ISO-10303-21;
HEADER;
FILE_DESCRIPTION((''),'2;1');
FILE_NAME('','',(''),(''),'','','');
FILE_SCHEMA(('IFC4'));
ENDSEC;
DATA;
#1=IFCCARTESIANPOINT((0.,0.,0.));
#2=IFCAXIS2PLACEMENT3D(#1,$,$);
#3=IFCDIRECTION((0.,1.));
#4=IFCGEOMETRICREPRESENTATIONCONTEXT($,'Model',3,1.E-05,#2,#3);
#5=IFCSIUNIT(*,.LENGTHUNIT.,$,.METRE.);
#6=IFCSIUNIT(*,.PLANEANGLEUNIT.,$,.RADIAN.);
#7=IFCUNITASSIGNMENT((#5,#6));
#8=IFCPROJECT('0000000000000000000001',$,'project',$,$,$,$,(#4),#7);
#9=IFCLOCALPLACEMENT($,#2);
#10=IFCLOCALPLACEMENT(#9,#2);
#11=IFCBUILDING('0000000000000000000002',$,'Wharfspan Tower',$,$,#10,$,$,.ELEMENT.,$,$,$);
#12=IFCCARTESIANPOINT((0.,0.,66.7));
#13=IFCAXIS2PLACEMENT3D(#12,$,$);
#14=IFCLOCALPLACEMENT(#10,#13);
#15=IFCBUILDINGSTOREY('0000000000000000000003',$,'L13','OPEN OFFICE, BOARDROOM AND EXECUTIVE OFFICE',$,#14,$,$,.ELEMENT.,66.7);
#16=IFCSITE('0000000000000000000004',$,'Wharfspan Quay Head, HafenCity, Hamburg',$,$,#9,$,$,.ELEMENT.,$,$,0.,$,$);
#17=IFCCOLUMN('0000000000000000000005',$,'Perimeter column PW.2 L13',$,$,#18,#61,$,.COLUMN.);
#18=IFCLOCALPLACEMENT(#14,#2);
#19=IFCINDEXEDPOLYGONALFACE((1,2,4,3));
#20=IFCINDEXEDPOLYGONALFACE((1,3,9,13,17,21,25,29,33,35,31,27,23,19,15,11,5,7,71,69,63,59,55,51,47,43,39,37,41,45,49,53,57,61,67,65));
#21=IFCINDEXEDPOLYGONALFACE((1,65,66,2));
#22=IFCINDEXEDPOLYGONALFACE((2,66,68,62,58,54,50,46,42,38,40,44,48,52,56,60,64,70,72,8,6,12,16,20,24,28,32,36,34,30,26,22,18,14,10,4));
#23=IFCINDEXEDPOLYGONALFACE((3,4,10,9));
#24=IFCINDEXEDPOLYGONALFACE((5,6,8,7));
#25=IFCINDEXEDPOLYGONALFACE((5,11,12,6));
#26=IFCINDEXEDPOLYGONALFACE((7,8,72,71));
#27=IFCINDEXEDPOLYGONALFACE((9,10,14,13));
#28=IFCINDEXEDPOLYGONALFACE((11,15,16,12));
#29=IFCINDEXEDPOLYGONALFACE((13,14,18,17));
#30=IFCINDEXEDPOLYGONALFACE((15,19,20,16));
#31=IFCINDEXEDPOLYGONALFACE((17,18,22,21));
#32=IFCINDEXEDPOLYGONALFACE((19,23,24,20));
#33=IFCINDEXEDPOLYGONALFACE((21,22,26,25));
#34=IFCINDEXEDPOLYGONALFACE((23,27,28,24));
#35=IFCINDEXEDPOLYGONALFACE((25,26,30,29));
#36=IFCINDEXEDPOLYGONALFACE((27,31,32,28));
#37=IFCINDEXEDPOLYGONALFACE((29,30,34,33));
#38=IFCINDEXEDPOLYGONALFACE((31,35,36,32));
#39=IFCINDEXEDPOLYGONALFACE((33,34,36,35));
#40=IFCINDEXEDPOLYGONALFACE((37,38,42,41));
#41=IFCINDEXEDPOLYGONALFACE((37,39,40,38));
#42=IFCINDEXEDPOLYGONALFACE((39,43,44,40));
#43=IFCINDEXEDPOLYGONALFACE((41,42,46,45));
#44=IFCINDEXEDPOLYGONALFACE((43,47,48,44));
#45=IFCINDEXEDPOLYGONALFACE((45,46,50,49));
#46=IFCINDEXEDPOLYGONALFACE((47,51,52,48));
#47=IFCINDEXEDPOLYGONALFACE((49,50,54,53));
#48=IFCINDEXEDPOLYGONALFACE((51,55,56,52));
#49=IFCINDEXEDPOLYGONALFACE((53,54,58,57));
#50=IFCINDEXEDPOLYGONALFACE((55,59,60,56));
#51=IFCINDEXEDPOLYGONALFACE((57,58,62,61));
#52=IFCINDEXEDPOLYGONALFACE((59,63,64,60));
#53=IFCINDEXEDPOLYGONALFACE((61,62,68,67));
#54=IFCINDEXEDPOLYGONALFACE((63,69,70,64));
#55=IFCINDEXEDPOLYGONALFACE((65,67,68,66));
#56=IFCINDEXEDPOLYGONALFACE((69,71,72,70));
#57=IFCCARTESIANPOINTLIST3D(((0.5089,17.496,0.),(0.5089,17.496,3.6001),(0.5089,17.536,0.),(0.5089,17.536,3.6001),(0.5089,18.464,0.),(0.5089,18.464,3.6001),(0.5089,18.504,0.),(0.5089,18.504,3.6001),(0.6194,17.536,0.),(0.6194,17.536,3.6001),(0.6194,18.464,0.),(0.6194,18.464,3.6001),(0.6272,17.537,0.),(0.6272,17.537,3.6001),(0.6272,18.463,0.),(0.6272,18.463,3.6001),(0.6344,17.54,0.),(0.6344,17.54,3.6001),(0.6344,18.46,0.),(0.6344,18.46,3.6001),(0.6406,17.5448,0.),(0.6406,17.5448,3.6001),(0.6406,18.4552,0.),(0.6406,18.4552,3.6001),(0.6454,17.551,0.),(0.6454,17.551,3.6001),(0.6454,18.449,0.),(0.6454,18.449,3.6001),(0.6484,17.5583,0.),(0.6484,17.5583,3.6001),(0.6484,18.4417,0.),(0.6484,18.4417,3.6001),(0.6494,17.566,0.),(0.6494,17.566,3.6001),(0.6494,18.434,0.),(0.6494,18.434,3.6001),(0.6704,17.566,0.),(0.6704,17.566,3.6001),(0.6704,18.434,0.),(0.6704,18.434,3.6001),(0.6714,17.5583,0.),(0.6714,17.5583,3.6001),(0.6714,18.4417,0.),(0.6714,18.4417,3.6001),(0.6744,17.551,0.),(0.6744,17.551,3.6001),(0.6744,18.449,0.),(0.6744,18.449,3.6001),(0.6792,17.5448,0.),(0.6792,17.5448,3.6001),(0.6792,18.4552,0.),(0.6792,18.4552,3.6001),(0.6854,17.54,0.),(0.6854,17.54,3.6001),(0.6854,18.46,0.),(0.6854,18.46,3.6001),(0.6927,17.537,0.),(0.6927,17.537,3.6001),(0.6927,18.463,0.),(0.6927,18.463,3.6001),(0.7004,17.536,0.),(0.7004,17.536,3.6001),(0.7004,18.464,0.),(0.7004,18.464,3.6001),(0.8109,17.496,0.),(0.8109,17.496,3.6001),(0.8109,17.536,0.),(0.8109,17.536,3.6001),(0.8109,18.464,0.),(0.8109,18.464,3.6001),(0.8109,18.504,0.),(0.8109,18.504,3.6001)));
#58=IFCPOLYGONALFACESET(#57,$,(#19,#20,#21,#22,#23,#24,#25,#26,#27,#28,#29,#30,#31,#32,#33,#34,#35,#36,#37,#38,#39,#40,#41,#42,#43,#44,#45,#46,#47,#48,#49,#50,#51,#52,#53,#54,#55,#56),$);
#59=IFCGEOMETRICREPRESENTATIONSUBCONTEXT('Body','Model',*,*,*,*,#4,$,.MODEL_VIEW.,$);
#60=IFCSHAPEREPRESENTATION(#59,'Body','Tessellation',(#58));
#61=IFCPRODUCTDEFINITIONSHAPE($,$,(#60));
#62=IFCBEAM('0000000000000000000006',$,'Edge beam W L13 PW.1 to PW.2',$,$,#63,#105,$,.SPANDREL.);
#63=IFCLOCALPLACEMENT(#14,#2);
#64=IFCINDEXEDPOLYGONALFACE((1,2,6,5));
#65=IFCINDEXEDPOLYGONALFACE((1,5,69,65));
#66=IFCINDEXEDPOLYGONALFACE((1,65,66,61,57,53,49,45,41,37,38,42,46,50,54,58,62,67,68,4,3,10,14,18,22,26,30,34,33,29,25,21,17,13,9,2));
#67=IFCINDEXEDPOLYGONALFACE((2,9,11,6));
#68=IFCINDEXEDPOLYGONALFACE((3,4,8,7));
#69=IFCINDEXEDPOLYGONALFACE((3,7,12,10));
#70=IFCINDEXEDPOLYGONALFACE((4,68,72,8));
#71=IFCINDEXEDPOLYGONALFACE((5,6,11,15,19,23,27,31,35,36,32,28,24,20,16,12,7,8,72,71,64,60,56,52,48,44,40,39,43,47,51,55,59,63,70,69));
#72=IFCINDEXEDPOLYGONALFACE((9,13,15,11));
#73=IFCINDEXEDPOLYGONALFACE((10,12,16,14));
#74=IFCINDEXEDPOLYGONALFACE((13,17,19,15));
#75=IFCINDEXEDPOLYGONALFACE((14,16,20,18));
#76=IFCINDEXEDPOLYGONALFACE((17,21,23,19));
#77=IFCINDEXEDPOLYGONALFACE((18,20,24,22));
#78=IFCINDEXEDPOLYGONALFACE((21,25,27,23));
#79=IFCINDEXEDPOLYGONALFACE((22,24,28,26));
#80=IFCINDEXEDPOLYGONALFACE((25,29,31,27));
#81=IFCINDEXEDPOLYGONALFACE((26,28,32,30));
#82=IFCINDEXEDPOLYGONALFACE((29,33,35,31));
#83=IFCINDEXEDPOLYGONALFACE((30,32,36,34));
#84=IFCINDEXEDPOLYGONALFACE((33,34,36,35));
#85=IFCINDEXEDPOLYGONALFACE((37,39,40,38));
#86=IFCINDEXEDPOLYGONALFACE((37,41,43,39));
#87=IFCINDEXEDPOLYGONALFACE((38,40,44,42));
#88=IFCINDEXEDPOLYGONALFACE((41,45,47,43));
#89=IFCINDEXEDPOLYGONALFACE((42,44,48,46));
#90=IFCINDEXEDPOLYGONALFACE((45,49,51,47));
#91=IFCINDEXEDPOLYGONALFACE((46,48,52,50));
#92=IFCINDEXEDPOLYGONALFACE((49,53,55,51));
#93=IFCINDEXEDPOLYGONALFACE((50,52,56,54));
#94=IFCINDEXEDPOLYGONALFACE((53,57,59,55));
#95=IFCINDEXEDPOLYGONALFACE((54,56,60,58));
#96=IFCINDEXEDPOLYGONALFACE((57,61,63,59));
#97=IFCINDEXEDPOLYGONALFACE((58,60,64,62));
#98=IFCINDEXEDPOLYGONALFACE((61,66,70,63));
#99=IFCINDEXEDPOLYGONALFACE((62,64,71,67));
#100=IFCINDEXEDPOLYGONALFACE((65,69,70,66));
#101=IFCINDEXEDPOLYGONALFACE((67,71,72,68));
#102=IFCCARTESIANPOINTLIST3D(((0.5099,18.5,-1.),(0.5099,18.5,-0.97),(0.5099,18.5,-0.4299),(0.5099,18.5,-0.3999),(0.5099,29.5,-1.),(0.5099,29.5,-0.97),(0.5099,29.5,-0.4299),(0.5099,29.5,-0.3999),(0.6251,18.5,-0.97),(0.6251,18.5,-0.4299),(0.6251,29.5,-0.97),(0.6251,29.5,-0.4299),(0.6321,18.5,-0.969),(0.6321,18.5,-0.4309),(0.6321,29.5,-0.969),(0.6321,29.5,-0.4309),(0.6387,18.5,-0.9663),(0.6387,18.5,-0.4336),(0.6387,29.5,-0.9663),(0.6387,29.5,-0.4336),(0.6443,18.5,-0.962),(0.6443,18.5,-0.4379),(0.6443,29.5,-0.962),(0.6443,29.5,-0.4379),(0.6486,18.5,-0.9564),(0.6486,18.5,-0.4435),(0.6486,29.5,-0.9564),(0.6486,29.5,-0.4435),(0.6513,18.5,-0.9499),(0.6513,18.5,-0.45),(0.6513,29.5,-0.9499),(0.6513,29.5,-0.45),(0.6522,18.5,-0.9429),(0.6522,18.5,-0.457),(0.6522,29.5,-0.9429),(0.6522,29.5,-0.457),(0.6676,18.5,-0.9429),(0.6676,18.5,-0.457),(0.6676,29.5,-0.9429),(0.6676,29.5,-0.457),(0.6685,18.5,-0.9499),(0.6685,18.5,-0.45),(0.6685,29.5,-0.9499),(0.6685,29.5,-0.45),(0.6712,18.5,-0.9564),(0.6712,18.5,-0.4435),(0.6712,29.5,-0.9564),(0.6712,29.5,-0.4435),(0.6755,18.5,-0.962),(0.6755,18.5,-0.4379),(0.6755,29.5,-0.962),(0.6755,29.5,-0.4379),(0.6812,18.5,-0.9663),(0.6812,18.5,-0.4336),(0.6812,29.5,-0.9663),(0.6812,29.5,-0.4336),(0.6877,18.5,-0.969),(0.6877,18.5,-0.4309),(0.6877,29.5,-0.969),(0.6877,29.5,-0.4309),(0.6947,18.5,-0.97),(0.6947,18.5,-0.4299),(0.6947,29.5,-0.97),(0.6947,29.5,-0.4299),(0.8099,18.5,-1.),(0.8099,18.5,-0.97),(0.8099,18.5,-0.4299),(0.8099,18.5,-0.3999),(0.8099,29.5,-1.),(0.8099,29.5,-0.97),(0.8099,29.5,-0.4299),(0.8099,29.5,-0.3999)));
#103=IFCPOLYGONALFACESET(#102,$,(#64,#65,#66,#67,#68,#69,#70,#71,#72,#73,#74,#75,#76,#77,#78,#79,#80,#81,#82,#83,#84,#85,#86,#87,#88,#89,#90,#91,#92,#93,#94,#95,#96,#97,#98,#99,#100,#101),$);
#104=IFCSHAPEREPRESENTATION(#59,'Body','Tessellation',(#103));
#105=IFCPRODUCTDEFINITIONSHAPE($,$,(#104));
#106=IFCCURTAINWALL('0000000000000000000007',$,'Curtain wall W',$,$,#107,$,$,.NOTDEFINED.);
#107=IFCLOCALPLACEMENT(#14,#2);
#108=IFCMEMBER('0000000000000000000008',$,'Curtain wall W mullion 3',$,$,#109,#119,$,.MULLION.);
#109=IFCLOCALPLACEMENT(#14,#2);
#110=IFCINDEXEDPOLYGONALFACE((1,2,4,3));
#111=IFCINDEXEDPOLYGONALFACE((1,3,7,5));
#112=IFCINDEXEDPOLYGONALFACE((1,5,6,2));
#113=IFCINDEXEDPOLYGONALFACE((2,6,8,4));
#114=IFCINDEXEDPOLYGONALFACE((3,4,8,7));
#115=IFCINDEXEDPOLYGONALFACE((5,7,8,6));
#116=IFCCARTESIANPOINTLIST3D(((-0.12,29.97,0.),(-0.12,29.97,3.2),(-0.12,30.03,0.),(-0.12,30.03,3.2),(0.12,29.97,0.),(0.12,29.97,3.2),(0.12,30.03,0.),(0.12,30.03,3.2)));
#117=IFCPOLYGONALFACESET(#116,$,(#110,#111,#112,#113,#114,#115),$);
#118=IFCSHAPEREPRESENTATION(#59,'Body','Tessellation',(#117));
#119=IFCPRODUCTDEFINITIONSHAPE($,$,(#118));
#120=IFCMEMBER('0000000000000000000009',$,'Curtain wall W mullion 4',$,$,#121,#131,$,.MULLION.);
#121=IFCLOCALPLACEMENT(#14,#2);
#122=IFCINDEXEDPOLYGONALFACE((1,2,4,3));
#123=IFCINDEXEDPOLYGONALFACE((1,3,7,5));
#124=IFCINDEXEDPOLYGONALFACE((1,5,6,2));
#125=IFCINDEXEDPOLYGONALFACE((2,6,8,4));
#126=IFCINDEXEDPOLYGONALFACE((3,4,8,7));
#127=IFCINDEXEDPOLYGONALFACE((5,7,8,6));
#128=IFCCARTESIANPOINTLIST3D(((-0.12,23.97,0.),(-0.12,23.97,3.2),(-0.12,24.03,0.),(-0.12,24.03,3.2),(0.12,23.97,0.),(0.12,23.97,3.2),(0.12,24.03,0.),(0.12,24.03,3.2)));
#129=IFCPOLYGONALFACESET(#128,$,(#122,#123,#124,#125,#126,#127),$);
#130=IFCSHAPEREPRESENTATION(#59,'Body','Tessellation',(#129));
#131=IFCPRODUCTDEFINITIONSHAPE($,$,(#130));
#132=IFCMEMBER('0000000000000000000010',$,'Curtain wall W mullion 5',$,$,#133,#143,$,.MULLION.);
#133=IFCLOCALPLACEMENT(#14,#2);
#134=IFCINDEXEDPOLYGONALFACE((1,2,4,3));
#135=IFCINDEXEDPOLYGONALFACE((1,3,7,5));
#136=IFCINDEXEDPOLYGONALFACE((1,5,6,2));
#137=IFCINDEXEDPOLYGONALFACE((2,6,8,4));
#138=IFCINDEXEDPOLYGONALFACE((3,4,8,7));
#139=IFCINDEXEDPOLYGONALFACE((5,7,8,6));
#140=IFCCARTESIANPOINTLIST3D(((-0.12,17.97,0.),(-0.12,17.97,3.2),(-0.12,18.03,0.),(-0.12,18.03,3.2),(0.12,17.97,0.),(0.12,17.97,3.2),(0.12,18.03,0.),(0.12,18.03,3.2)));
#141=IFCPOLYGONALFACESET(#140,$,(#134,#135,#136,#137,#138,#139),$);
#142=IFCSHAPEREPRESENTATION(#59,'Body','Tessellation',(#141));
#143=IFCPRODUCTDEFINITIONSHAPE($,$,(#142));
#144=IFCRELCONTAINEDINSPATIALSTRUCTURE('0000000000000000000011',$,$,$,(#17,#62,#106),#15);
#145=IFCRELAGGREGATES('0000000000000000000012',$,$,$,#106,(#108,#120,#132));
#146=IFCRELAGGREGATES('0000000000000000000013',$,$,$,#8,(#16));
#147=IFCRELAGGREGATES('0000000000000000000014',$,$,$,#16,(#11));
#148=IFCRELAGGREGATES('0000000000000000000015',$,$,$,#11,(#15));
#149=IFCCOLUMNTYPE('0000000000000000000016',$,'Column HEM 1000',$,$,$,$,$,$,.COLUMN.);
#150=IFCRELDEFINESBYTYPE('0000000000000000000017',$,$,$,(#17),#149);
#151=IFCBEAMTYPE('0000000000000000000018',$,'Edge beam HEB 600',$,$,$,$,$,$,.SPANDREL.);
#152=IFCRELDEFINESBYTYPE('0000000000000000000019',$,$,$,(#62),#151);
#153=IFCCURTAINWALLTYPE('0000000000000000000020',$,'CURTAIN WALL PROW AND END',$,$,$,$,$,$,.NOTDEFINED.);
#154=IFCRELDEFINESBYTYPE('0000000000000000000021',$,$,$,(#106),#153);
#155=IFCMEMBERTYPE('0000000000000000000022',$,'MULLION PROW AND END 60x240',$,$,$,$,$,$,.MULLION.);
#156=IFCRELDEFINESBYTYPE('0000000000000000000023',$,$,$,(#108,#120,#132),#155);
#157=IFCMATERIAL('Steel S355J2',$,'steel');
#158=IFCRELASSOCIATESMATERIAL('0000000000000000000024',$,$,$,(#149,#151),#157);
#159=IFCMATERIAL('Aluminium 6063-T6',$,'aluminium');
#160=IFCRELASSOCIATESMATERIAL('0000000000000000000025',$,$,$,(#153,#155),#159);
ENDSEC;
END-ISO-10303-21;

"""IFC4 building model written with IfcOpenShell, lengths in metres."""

from ifc_helpers import new_model, si_unit, direction, frame, origin, origin_2d, place, context, subcontext, project, spatial, rectangle, i_section, extrude, material, material_profile, profile_set, type_object, element, aggregate, save


model = new_model("IFC4")

# Units and contexts
model_context = context("Model", 3, precision=1e-05, world=origin(), true_north=direction((0.0, 1.0)))
body_context = subcontext(model_context, "Body", "Model", "MODEL_VIEW")
ifc_project = project(units=[si_unit("LENGTHUNIT", "METRE"), si_unit("PLANEANGLEUNIT", "RADIAN")], contexts=[model_context])

# Site, building, storey
site_placement = place(None, origin())
site = spatial("IfcSite", under=ifc_project, at=site_placement, Name="Wharfspan Quay Head, HafenCity, Hamburg", CompositionType="ELEMENT", RefElevation=0.0)
building_placement = place(site_placement, origin())
building = spatial("IfcBuilding", under=site, at=building_placement, Name="Wharfspan Tower", CompositionType="ELEMENT")
storey_placement = place(building_placement, frame((0.0, 0.0, 66.7)))
storey = spatial("IfcBuildingStorey", under=building, at=storey_placement, Name="L13", Description="OPEN OFFICE, BOARDROOM AND EXECUTIVE OFFICE", CompositionType="ELEMENT", Elevation=66.7)

# Column
ifc_material_1 = material(Name="Steel S355J2", Category="steel")
ifc_material_profile_1 = material_profile(ifc_material_1, i_section(OverallWidth=0.302, OverallDepth=1.0081, WebThickness=0.021, FlangeThickness=0.04, FilletRadius=0.03, at=origin_2d()))
ifc_profile_set_1 = profile_set([ifc_material_profile_1], Name="Steel S355J2")
column_type = type_object("IfcColumnType", Name="Column HEM 1000", PredefinedType="COLUMN", material=ifc_profile_set_1)
column_placement = place(storey_placement, frame((0.6599, 18.0, 0.0), z_axis=(0.0, 0.0, 1.0), x_axis=(-1.0, 0.0, 0.0)))
element("IfcColumn", 1, at=column_placement, inside=storey, type_object=column_type, Name="Perimeter column PW.2 L13", PredefinedType="COLUMN", context=body_context, shape_type="SweptSolid", body=[
    extrude(i_section(OverallWidth=0.302, OverallDepth=1.0081, WebThickness=0.021, FlangeThickness=0.04, FilletRadius=0.03, at=origin_2d()), origin(), (0.0, 0.0, 1.0), 3.6001),
])

# Beam
ifc_material_profile_2 = material_profile(ifc_material_1, i_section(OverallWidth=0.3, OverallDepth=0.6001, WebThickness=0.0154, FlangeThickness=0.03, FilletRadius=0.0271, at=origin_2d()))
ifc_profile_set_2 = profile_set([ifc_material_profile_2], Name="Steel S355J2")
beam_type = type_object("IfcBeamType", Name="Edge beam HEB 600", PredefinedType="SPANDREL", material=ifc_profile_set_2)
beam_placement = place(storey_placement, frame((0.6599, 29.5, -0.7), z_axis=(0.0, -1.0, 0.0), x_axis=(1.0, 0.0, 0.0)))
element("IfcBeam", 2, at=beam_placement, inside=storey, type_object=beam_type, Name="Edge beam W L13 PW.1 to PW.2", PredefinedType="SPANDREL", context=body_context, shape_type="SweptSolid", body=[
    extrude(i_section(OverallWidth=0.3, OverallDepth=0.6001, WebThickness=0.0154, FlangeThickness=0.03, FilletRadius=0.0271, at=origin_2d()), origin(), (0.0, 0.0, 1.0), 11.0),
])

# Curtain wall, members
ifc_material_2 = material(Name="Aluminium 6063-T6", Category="aluminium")
curtain_wall_type = type_object("IfcCurtainWallType", Name="CURTAIN WALL PROW AND END", PredefinedType="NOTDEFINED", material=ifc_material_2)
curtain_wall_placement = place(storey_placement, origin())
curtain_wall = element("IfcCurtainWall", 3, at=curtain_wall_placement, inside=storey, type_object=curtain_wall_type, Name="Curtain wall W", PredefinedType="NOTDEFINED")
ifc_material_profile_3 = material_profile(ifc_material_2, rectangle(XDim=0.24, YDim=0.0601, at=origin_2d()))
ifc_profile_set_3 = profile_set([ifc_material_profile_3], Name="Aluminium 6063-T6")
member_type_1 = type_object("IfcMemberType", Name="MULLION PROW AND END 60x240", PredefinedType="MULLION", material=ifc_profile_set_3)
member_1_placement = place(storey_placement, frame((0.0, 30.0, 0.0), z_axis=(0.0, 0.0, 1.0), x_axis=(1.0, 0.0, 0.0)))
member_1 = element("IfcMember", 4, at=member_1_placement, type_object=member_type_1, Name="Curtain wall W mullion 3", PredefinedType="MULLION", context=body_context, shape_type="SweptSolid", body=[
    extrude(rectangle(XDim=0.24, YDim=0.0601, at=origin_2d()), origin(), (0.0, 0.0, 1.0), 3.2),
])
member_2_placement = place(storey_placement, frame((0.0, 24.0, 0.0), z_axis=(0.0, 0.0, 1.0), x_axis=(1.0, 0.0, 0.0)))
member_2 = element("IfcMember", 5, at=member_2_placement, type_object=member_type_1, Name="Curtain wall W mullion 4", PredefinedType="MULLION", context=body_context, shape_type="SweptSolid", body=[
    extrude(rectangle(XDim=0.24, YDim=0.0601, at=origin_2d()), origin(), (0.0, 0.0, 1.0), 3.2),
])
member_3_placement = place(storey_placement, frame((0.0, 18.0, 0.0), z_axis=(0.0, 0.0, 1.0), x_axis=(1.0, 0.0, 0.0)))
member_3 = element("IfcMember", 6, at=member_3_placement, type_object=member_type_1, Name="Curtain wall W mullion 5", PredefinedType="MULLION", context=body_context, shape_type="SweptSolid", body=[
    extrude(rectangle(XDim=0.24, YDim=0.0601, at=origin_2d()), origin(), (0.0, 0.0, 1.0), 3.2),
])

aggregate(curtain_wall, [member_1, member_2, member_3])

save(model, "model.ifc")
